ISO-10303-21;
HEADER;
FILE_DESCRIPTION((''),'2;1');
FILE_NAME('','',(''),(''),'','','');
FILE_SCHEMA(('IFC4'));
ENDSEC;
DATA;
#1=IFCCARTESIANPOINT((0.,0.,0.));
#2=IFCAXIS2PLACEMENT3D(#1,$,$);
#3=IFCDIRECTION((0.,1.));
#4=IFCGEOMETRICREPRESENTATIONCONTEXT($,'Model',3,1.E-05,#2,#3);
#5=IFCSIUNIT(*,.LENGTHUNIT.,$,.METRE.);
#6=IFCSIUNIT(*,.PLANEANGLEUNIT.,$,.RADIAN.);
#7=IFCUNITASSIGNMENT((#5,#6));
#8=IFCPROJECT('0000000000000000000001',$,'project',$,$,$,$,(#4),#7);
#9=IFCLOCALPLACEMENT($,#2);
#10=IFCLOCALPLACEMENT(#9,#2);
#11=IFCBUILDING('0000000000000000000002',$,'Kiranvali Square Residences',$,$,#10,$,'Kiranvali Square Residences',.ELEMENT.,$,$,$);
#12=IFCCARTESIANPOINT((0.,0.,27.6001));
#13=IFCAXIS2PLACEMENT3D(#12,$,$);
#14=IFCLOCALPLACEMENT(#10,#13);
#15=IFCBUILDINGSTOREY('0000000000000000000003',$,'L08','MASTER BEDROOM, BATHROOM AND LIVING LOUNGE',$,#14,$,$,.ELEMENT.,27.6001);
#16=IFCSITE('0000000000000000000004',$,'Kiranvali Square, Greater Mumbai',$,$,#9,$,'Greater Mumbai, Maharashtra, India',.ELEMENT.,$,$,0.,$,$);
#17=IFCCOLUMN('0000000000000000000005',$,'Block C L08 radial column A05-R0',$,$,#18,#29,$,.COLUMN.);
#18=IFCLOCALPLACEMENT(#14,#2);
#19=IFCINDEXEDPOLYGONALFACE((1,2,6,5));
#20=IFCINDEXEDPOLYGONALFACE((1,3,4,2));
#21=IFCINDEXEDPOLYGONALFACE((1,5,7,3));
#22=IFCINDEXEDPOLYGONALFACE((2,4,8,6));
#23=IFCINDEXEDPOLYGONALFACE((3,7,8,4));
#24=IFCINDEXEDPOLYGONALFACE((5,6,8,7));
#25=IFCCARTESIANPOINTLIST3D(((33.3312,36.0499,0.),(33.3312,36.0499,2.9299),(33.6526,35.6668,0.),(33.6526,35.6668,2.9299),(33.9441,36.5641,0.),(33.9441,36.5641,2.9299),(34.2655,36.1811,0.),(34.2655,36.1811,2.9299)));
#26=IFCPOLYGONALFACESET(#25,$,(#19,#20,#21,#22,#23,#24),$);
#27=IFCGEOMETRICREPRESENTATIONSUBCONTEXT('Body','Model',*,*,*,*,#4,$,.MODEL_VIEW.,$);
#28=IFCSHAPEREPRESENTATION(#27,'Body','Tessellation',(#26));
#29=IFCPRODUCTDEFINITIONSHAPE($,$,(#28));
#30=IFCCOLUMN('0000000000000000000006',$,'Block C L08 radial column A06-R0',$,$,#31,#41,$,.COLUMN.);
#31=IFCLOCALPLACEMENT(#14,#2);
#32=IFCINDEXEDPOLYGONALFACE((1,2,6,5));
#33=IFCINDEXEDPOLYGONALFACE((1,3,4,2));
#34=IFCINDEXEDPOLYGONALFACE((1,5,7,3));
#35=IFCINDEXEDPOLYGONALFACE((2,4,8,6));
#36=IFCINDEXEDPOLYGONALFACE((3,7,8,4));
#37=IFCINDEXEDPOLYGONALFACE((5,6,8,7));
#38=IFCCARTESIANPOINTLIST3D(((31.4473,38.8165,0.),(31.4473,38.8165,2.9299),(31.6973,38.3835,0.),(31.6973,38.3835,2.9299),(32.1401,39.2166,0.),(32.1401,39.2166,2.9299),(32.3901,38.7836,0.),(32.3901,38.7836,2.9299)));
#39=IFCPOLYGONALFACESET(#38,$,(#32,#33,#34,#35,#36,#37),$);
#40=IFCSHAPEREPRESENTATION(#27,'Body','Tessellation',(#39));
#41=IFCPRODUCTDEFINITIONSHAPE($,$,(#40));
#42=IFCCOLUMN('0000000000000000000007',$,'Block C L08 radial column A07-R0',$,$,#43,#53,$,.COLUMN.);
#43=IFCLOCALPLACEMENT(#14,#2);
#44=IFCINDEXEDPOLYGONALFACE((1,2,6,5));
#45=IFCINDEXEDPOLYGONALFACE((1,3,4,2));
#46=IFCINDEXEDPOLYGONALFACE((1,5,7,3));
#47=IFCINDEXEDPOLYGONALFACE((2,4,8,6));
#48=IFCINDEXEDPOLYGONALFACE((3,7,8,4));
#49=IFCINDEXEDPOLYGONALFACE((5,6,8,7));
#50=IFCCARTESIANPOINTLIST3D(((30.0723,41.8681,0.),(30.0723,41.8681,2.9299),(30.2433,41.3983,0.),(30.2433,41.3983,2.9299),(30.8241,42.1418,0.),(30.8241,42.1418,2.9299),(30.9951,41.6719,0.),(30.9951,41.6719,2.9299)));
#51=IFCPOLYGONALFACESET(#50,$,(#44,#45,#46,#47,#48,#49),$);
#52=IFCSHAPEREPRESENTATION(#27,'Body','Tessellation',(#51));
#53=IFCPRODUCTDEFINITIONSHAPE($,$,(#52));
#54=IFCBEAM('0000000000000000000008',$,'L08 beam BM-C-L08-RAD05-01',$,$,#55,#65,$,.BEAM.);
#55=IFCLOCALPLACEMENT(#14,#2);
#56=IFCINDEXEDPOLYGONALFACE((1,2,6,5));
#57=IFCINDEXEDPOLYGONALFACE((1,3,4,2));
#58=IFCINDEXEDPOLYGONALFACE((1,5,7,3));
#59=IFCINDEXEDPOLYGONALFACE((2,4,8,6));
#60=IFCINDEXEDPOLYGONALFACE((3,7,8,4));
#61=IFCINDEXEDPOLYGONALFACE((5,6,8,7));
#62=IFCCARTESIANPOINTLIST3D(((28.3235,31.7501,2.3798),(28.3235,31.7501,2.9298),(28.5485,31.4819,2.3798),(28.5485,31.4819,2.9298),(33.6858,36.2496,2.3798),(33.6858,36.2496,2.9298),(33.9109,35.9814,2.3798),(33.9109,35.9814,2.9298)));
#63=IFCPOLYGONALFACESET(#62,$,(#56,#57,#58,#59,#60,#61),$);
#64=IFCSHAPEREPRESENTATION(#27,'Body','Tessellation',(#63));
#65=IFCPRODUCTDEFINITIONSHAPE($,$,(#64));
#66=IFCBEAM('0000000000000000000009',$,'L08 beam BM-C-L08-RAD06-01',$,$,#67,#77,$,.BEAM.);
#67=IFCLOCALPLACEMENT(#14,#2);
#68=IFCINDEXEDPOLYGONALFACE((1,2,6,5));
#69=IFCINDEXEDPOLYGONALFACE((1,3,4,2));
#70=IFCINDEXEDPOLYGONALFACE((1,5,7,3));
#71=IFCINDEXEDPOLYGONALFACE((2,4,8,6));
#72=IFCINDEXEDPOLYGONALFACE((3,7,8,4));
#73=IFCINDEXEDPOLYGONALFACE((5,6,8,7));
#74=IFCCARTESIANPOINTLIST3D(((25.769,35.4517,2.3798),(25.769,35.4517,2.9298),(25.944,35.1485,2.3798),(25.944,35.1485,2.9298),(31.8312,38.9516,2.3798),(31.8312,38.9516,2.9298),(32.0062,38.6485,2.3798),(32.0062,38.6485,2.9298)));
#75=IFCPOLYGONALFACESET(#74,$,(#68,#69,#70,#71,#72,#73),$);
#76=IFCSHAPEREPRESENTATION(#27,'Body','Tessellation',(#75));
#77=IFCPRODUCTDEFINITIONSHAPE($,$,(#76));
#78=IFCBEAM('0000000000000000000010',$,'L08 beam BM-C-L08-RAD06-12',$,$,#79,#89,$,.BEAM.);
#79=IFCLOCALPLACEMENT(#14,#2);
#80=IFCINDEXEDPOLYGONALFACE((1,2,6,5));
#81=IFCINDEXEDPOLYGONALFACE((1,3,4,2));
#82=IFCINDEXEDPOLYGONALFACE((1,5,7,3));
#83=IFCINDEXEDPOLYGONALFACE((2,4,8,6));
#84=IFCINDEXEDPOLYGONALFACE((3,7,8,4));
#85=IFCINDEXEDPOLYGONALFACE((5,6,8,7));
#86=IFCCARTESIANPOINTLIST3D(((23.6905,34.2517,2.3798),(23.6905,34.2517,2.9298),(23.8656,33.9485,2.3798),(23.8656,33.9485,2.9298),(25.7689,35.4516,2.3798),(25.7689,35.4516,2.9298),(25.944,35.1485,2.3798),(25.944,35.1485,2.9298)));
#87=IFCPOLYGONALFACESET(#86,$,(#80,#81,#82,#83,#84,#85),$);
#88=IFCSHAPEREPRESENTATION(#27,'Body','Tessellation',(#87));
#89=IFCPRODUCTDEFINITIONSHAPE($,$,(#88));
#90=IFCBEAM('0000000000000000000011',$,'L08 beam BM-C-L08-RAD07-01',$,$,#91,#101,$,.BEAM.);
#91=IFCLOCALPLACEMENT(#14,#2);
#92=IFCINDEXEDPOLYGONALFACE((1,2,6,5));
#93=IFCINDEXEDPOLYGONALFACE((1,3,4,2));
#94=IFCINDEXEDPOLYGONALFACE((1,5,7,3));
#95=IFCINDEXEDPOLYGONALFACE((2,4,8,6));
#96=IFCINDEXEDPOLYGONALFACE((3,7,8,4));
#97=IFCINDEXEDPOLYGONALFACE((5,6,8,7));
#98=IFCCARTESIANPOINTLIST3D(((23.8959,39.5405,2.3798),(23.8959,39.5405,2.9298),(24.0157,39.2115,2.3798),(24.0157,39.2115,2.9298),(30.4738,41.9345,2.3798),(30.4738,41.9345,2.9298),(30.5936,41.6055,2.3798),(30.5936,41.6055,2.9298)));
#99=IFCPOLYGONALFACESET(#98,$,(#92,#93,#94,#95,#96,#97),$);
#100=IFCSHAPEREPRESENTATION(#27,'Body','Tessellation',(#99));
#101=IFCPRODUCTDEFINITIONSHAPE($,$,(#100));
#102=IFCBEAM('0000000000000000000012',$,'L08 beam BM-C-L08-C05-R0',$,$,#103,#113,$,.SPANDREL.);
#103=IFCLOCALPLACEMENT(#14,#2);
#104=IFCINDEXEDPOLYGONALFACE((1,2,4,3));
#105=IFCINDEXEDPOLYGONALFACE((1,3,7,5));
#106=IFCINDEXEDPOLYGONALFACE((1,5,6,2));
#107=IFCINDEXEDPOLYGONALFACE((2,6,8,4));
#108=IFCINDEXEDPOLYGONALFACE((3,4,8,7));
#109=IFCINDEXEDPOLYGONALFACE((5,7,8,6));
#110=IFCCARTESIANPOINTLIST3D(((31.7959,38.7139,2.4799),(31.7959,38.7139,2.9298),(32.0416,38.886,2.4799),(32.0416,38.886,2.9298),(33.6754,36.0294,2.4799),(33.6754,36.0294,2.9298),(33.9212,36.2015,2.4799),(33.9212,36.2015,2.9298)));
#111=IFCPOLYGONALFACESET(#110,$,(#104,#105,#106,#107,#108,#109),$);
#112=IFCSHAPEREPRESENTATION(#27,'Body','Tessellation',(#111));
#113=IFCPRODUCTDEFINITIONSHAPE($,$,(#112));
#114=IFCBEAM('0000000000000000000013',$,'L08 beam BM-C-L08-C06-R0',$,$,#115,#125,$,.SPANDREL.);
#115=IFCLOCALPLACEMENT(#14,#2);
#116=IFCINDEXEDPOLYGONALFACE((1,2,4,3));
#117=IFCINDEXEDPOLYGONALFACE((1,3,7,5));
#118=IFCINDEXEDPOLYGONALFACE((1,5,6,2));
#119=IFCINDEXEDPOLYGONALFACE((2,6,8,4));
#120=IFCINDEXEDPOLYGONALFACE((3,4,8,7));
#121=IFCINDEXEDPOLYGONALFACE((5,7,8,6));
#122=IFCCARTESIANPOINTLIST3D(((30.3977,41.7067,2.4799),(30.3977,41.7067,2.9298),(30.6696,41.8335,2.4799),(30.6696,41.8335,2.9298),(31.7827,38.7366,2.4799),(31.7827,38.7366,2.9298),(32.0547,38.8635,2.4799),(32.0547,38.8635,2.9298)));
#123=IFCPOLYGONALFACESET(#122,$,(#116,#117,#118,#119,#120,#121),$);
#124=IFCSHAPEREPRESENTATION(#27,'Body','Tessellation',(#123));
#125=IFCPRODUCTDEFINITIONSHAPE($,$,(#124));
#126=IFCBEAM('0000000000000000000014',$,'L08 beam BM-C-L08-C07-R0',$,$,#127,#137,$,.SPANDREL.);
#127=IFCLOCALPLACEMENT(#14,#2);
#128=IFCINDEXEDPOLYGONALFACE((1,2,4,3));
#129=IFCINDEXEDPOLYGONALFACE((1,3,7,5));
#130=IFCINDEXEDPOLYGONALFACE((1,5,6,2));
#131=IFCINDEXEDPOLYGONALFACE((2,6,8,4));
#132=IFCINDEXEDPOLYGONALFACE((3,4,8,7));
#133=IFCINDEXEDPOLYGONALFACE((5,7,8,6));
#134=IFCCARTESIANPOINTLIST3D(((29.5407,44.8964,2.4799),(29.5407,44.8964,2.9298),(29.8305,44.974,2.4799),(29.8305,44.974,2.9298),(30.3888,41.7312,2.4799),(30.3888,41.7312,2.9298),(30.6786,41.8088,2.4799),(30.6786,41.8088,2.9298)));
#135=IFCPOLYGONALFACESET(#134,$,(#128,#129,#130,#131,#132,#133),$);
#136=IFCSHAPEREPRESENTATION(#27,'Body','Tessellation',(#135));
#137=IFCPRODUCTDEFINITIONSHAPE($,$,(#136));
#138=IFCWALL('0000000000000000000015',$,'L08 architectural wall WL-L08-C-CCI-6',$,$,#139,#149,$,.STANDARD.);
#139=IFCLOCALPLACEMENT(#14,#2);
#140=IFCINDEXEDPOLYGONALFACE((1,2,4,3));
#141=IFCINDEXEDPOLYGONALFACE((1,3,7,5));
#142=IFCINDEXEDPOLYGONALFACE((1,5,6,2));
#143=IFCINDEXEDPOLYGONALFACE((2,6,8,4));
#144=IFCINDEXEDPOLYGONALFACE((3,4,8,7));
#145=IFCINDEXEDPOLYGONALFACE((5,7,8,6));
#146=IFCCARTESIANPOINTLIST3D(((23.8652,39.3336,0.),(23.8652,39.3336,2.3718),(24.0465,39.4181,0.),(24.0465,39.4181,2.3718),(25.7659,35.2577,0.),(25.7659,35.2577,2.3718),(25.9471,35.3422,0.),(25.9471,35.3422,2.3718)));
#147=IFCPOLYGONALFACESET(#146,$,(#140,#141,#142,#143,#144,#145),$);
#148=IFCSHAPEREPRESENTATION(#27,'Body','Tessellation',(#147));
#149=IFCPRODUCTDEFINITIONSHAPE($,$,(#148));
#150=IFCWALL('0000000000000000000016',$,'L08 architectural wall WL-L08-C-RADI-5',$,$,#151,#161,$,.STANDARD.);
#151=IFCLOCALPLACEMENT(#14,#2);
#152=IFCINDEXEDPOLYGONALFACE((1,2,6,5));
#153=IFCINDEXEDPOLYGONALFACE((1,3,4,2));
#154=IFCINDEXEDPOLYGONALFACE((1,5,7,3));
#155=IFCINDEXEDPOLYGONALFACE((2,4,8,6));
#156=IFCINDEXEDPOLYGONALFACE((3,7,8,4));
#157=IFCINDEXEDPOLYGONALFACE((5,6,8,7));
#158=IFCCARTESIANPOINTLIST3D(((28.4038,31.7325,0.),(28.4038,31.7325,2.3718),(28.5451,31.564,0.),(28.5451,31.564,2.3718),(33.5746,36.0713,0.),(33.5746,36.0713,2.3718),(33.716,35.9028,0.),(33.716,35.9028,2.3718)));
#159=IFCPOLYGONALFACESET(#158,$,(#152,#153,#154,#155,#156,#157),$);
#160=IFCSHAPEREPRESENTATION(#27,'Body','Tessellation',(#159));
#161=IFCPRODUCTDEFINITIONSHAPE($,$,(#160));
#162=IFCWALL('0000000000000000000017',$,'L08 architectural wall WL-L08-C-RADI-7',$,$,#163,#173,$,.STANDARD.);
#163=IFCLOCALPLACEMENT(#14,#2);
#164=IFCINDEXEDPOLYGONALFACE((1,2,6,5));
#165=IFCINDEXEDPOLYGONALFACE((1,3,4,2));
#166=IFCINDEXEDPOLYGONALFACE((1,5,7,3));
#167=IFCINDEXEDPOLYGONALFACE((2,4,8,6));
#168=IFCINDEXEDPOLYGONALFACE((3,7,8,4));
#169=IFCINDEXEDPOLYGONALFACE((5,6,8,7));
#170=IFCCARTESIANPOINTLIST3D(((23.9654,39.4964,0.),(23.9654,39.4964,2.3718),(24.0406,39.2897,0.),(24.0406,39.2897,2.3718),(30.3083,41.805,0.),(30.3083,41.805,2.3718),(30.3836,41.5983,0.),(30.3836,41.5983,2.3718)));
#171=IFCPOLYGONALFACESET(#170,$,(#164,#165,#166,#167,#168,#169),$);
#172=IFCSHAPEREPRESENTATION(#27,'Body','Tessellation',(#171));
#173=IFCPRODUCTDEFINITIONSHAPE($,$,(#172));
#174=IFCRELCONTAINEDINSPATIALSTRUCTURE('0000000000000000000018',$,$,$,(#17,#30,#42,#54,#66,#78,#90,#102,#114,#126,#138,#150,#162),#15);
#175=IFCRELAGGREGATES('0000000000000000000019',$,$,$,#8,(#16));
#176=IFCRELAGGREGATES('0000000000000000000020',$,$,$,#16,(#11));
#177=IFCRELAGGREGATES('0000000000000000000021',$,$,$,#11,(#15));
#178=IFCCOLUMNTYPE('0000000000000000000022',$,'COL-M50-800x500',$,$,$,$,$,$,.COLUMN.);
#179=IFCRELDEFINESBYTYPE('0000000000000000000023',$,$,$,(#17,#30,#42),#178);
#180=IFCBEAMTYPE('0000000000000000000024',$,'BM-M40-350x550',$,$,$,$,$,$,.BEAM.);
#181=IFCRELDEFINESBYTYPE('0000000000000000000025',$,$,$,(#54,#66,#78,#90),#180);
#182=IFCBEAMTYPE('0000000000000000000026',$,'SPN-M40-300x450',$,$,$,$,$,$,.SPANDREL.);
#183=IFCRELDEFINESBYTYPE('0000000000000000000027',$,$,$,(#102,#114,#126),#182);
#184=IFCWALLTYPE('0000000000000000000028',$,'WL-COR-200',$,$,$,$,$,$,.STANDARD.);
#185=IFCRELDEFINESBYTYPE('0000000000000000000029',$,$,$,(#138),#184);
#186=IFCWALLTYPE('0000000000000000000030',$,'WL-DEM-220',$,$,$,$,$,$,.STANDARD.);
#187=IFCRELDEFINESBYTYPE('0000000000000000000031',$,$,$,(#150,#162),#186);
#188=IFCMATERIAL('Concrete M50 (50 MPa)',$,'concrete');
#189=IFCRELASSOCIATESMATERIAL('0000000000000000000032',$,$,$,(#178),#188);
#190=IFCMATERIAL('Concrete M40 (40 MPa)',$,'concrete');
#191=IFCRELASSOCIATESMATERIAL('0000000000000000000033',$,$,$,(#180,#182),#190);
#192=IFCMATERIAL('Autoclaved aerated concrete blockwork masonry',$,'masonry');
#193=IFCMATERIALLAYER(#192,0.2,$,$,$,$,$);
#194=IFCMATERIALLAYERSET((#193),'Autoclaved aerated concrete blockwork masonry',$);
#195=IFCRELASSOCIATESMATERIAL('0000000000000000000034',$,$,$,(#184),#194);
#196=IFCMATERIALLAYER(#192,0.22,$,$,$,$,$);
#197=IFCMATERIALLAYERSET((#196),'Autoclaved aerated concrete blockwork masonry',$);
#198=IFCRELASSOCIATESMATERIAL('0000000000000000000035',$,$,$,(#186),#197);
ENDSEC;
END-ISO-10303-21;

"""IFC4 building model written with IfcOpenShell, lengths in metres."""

from ifc_helpers import new_model, si_unit, direction, frame, frame_2d, origin, origin_2d, place, context, subcontext, project, spatial, rectangle, extrude, material, layer, layer_set, material_profile, profile_set, type_object, element, save


model = new_model("IFC4")

# Units and contexts
model_context = context("Model", 3, precision=1e-05, world=origin(), true_north=direction((0.0, 1.0)))
body_context = subcontext(model_context, "Body", "Model", "MODEL_VIEW")
ifc_project = project(units=[si_unit("LENGTHUNIT", "METRE"), si_unit("PLANEANGLEUNIT", "RADIAN")], contexts=[model_context])

# Site, building, storey
site_placement = place(None, origin())
site = spatial("IfcSite", under=ifc_project, at=site_placement, Name="Kiranvali Square, Greater Mumbai", LongName="Greater Mumbai, Maharashtra, India", CompositionType="ELEMENT", RefElevation=0.0)
building_placement = place(site_placement, origin())
building = spatial("IfcBuilding", under=site, at=building_placement, Name="Kiranvali Square Residences", LongName="Kiranvali Square Residences", CompositionType="ELEMENT")
storey_placement = place(building_placement, frame((0.0, 0.0, 27.6001)))
storey = spatial("IfcBuildingStorey", under=building, at=storey_placement, Name="L08", Description="MASTER BEDROOM, BATHROOM AND LIVING LOUNGE", CompositionType="ELEMENT", Elevation=27.6001)

# Columns
ifc_material_1 = material(Name="Concrete M50 (50 MPa)", Category="concrete")
ifc_material_profile_1 = material_profile(ifc_material_1, rectangle(XDim=0.5, YDim=0.8, at=origin_2d()), Name="RC 800x500")
ifc_profile_set_1 = profile_set([ifc_material_profile_1], Name="Concrete M50 (50 MPa)")
column_type = type_object("IfcColumnType", Name="COL-M50-800x500", PredefinedType="COLUMN", material=ifc_profile_set_1)
for number, where, z_axis, x_axis, name in (
    (1, (33.7983, 36.1155, 0.0), (0.0, 0.0, 1.0), (-0.642788, 0.766044, 0.0), "Block C L08 radial column A05-R0"),
    (2, (31.9187, 38.8, 0.0), (0.0, 0.0, 1.0), (-0.5, 0.866025, 0.0), "Block C L08 radial column A06-R0"),
    (3, (30.5337, 41.77, 0.0), (0.0, 0.0, 1.0), (-0.34202, 0.939693, 0.0), "Block C L08 radial column A07-R0"),
):
    element("IfcColumn", number, at=place(storey_placement, frame(where, z_axis=z_axis, x_axis=x_axis)), inside=storey, type_object=column_type, Name=name, PredefinedType="COLUMN", context=body_context, shape_type="SweptSolid", body=[
        extrude(rectangle(XDim=0.5, YDim=0.8, at=origin_2d()), origin(), (0.0, 0.0, 1.0), 2.9299),
    ])

# Beams
ifc_material_2 = material(Name="Concrete M40 (40 MPa)", Category="concrete")
ifc_material_profile_2 = material_profile(ifc_material_2, rectangle(XDim=0.3501, YDim=0.55, at=origin_2d()), Name="RC 350x550")
ifc_profile_set_2 = profile_set([ifc_material_profile_2], Name="Concrete M40 (40 MPa)")
beam_type_1 = type_object("IfcBeamType", Name="BM-M40-350x550", PredefinedType="BEAM", material=ifc_profile_set_2)
for number, where, z_axis, x_axis, name in (
    (4, (33.7983, 36.1155, 2.6548), (-0.766044, -0.642788, 0.0), (0.642788, -0.766044, 0.0), "L08 beam BM-C-L08-RAD05-01"),
    (5, (31.9187, 38.8, 2.6548), (-0.866028, -0.499995, 0.0), (0.499995, -0.866028, 0.0), "L08 beam BM-C-L08-RAD06-01"),
):
    element("IfcBeam", number, at=place(storey_placement, frame(where, z_axis=z_axis, x_axis=x_axis)), inside=storey, type_object=beam_type_1, Name=name, PredefinedType="BEAM", context=body_context, shape_type="SweptSolid", body=[
        extrude(rectangle(XDim=0.3501, YDim=0.55, at=origin_2d()), origin(), (0.0, 0.0, 1.0), 7.0),
    ])
beam_1_placement = place(storey_placement, frame((25.8564, 35.3, 2.6548), z_axis=(-0.866025, -0.500001, 0.0), x_axis=(0.500001, -0.866025, 0.0)))
element("IfcBeam", 6, at=beam_1_placement, inside=storey, type_object=beam_type_1, Name="L08 beam BM-C-L08-RAD06-12", PredefinedType="BEAM", context=body_context, shape_type="SweptSolid", body=[
    extrude(rectangle(XDim=0.3501, YDim=0.55, at=origin_2d()), origin(), (0.0, 0.0, 1.0), 2.3999),
])
beam_2_placement = place(storey_placement, frame((30.5337, 41.77, 2.6548), z_axis=(-0.939698, -0.342006, 0.0), x_axis=(0.342006, -0.939698, 0.0)))
element("IfcBeam", 7, at=beam_2_placement, inside=storey, type_object=beam_type_1, Name="L08 beam BM-C-L08-RAD07-01", PredefinedType="BEAM", context=body_context, shape_type="SweptSolid", body=[
    extrude(rectangle(XDim=0.3501, YDim=0.55, at=origin_2d()), origin(), (0.0, 0.0, 1.0), 7.0),
])
ifc_material_profile_3 = material_profile(ifc_material_2, rectangle(XDim=0.3, YDim=0.45, at=origin_2d()), Name="RC 300x450")
ifc_profile_set_3 = profile_set([ifc_material_profile_3], Name="Concrete M40 (40 MPa)")
beam_type_2 = type_object("IfcBeamType", Name="SPN-M40-300x450", PredefinedType="SPANDREL", material=ifc_profile_set_3)
for number, where, z_axis, x_axis, name in (
    (8, (33.7983, 36.1155, 2.7048), (-0.573552, 0.819169, 0.0), (-0.819169, -0.573552, 0.0), "L08 beam BM-C-L08-C05-R0"),
    (9, (31.9187, 38.8, 2.7048), (-0.422641, 0.906297, 0.0), (-0.906297, -0.422641, 0.0), "L08 beam BM-C-L08-C06-R0"),
):
    element("IfcBeam", number, at=place(storey_placement, frame(where, z_axis=z_axis, x_axis=x_axis)), inside=storey, type_object=beam_type_2, Name=name, PredefinedType="SPANDREL", context=body_context, shape_type="SweptSolid", body=[
        extrude(rectangle(XDim=0.3, YDim=0.45, at=origin_2d()), origin(), (0.0, 0.0, 1.0), 3.2771),
    ])
beam_3_placement = place(storey_placement, frame((30.5337, 41.77, 2.7048), z_axis=(-0.258822, 0.965925, 0.0), x_axis=(-0.965925, -0.258822, 0.0)))
element("IfcBeam", 10, at=beam_3_placement, inside=storey, type_object=beam_type_2, Name="L08 beam BM-C-L08-C07-R0", PredefinedType="SPANDREL", context=body_context, shape_type="SweptSolid", body=[
    extrude(rectangle(XDim=0.3, YDim=0.45, at=origin_2d()), origin(), (0.0, 0.0, 1.0), 3.2769),
])

# Walls
ifc_material_3 = material(Name="Autoclaved aerated concrete blockwork masonry", Category="masonry")
ifc_layer_1 = layer(ifc_material_3, 0.2)
ifc_layer_set_1 = layer_set([ifc_layer_1], Name="Autoclaved aerated concrete blockwork masonry")
wall_type_1 = type_object("IfcWallType", Name="WL-COR-200", PredefinedType="STANDARD", material=ifc_layer_set_1)
wall_1_placement = place(storey_placement, frame((25.8564, 35.3, 0.0), z_axis=(0.0, 0.0, 1.0), x_axis=(-0.422618, 0.906308, 0.0)))
element("IfcWall", 11, at=wall_1_placement, inside=storey, type_object=wall_type_1, Name="L08 architectural wall WL-L08-C-CCI-6", PredefinedType="STANDARD", context=body_context, shape_type="SweptSolid", body=[
    extrude(rectangle(XDim=4.4973, YDim=0.2, at=frame_2d((2.2485, 0.0))), origin(), (0.0, 0.0, 1.0), 2.3718),
])
ifc_layer_2 = layer(ifc_material_3, 0.22)
ifc_layer_set_2 = layer_set([ifc_layer_2], Name="Autoclaved aerated concrete blockwork masonry")
wall_type_2 = type_object("IfcWallType", Name="WL-DEM-220", PredefinedType="STANDARD", material=ifc_layer_set_2)
for number, where, z_axis, x_axis, name in (
    (12, (33.6453, 35.9871, 0.0), (0.0, 0.0, 1.0), (-0.766047, -0.642785, 0.0), "L08 architectural wall WL-L08-C-RADI-5"),
    (13, (30.3459, 41.7017, 0.0), (0.0, 0.0, 1.0), (-0.939696, -0.34201, 0.0), "L08 architectural wall WL-L08-C-RADI-7"),
):
    element("IfcWall", number, at=place(storey_placement, frame(where, z_axis=z_axis, x_axis=x_axis)), inside=storey, type_object=wall_type_2, Name=name, PredefinedType="STANDARD", context=body_context, shape_type="SweptSolid", body=[
        extrude(rectangle(XDim=6.75, YDim=0.22, at=frame_2d((3.375, 0.0))), origin(), (0.0, 0.0, 1.0), 2.3718),
    ])

save(model, "model.ifc")
